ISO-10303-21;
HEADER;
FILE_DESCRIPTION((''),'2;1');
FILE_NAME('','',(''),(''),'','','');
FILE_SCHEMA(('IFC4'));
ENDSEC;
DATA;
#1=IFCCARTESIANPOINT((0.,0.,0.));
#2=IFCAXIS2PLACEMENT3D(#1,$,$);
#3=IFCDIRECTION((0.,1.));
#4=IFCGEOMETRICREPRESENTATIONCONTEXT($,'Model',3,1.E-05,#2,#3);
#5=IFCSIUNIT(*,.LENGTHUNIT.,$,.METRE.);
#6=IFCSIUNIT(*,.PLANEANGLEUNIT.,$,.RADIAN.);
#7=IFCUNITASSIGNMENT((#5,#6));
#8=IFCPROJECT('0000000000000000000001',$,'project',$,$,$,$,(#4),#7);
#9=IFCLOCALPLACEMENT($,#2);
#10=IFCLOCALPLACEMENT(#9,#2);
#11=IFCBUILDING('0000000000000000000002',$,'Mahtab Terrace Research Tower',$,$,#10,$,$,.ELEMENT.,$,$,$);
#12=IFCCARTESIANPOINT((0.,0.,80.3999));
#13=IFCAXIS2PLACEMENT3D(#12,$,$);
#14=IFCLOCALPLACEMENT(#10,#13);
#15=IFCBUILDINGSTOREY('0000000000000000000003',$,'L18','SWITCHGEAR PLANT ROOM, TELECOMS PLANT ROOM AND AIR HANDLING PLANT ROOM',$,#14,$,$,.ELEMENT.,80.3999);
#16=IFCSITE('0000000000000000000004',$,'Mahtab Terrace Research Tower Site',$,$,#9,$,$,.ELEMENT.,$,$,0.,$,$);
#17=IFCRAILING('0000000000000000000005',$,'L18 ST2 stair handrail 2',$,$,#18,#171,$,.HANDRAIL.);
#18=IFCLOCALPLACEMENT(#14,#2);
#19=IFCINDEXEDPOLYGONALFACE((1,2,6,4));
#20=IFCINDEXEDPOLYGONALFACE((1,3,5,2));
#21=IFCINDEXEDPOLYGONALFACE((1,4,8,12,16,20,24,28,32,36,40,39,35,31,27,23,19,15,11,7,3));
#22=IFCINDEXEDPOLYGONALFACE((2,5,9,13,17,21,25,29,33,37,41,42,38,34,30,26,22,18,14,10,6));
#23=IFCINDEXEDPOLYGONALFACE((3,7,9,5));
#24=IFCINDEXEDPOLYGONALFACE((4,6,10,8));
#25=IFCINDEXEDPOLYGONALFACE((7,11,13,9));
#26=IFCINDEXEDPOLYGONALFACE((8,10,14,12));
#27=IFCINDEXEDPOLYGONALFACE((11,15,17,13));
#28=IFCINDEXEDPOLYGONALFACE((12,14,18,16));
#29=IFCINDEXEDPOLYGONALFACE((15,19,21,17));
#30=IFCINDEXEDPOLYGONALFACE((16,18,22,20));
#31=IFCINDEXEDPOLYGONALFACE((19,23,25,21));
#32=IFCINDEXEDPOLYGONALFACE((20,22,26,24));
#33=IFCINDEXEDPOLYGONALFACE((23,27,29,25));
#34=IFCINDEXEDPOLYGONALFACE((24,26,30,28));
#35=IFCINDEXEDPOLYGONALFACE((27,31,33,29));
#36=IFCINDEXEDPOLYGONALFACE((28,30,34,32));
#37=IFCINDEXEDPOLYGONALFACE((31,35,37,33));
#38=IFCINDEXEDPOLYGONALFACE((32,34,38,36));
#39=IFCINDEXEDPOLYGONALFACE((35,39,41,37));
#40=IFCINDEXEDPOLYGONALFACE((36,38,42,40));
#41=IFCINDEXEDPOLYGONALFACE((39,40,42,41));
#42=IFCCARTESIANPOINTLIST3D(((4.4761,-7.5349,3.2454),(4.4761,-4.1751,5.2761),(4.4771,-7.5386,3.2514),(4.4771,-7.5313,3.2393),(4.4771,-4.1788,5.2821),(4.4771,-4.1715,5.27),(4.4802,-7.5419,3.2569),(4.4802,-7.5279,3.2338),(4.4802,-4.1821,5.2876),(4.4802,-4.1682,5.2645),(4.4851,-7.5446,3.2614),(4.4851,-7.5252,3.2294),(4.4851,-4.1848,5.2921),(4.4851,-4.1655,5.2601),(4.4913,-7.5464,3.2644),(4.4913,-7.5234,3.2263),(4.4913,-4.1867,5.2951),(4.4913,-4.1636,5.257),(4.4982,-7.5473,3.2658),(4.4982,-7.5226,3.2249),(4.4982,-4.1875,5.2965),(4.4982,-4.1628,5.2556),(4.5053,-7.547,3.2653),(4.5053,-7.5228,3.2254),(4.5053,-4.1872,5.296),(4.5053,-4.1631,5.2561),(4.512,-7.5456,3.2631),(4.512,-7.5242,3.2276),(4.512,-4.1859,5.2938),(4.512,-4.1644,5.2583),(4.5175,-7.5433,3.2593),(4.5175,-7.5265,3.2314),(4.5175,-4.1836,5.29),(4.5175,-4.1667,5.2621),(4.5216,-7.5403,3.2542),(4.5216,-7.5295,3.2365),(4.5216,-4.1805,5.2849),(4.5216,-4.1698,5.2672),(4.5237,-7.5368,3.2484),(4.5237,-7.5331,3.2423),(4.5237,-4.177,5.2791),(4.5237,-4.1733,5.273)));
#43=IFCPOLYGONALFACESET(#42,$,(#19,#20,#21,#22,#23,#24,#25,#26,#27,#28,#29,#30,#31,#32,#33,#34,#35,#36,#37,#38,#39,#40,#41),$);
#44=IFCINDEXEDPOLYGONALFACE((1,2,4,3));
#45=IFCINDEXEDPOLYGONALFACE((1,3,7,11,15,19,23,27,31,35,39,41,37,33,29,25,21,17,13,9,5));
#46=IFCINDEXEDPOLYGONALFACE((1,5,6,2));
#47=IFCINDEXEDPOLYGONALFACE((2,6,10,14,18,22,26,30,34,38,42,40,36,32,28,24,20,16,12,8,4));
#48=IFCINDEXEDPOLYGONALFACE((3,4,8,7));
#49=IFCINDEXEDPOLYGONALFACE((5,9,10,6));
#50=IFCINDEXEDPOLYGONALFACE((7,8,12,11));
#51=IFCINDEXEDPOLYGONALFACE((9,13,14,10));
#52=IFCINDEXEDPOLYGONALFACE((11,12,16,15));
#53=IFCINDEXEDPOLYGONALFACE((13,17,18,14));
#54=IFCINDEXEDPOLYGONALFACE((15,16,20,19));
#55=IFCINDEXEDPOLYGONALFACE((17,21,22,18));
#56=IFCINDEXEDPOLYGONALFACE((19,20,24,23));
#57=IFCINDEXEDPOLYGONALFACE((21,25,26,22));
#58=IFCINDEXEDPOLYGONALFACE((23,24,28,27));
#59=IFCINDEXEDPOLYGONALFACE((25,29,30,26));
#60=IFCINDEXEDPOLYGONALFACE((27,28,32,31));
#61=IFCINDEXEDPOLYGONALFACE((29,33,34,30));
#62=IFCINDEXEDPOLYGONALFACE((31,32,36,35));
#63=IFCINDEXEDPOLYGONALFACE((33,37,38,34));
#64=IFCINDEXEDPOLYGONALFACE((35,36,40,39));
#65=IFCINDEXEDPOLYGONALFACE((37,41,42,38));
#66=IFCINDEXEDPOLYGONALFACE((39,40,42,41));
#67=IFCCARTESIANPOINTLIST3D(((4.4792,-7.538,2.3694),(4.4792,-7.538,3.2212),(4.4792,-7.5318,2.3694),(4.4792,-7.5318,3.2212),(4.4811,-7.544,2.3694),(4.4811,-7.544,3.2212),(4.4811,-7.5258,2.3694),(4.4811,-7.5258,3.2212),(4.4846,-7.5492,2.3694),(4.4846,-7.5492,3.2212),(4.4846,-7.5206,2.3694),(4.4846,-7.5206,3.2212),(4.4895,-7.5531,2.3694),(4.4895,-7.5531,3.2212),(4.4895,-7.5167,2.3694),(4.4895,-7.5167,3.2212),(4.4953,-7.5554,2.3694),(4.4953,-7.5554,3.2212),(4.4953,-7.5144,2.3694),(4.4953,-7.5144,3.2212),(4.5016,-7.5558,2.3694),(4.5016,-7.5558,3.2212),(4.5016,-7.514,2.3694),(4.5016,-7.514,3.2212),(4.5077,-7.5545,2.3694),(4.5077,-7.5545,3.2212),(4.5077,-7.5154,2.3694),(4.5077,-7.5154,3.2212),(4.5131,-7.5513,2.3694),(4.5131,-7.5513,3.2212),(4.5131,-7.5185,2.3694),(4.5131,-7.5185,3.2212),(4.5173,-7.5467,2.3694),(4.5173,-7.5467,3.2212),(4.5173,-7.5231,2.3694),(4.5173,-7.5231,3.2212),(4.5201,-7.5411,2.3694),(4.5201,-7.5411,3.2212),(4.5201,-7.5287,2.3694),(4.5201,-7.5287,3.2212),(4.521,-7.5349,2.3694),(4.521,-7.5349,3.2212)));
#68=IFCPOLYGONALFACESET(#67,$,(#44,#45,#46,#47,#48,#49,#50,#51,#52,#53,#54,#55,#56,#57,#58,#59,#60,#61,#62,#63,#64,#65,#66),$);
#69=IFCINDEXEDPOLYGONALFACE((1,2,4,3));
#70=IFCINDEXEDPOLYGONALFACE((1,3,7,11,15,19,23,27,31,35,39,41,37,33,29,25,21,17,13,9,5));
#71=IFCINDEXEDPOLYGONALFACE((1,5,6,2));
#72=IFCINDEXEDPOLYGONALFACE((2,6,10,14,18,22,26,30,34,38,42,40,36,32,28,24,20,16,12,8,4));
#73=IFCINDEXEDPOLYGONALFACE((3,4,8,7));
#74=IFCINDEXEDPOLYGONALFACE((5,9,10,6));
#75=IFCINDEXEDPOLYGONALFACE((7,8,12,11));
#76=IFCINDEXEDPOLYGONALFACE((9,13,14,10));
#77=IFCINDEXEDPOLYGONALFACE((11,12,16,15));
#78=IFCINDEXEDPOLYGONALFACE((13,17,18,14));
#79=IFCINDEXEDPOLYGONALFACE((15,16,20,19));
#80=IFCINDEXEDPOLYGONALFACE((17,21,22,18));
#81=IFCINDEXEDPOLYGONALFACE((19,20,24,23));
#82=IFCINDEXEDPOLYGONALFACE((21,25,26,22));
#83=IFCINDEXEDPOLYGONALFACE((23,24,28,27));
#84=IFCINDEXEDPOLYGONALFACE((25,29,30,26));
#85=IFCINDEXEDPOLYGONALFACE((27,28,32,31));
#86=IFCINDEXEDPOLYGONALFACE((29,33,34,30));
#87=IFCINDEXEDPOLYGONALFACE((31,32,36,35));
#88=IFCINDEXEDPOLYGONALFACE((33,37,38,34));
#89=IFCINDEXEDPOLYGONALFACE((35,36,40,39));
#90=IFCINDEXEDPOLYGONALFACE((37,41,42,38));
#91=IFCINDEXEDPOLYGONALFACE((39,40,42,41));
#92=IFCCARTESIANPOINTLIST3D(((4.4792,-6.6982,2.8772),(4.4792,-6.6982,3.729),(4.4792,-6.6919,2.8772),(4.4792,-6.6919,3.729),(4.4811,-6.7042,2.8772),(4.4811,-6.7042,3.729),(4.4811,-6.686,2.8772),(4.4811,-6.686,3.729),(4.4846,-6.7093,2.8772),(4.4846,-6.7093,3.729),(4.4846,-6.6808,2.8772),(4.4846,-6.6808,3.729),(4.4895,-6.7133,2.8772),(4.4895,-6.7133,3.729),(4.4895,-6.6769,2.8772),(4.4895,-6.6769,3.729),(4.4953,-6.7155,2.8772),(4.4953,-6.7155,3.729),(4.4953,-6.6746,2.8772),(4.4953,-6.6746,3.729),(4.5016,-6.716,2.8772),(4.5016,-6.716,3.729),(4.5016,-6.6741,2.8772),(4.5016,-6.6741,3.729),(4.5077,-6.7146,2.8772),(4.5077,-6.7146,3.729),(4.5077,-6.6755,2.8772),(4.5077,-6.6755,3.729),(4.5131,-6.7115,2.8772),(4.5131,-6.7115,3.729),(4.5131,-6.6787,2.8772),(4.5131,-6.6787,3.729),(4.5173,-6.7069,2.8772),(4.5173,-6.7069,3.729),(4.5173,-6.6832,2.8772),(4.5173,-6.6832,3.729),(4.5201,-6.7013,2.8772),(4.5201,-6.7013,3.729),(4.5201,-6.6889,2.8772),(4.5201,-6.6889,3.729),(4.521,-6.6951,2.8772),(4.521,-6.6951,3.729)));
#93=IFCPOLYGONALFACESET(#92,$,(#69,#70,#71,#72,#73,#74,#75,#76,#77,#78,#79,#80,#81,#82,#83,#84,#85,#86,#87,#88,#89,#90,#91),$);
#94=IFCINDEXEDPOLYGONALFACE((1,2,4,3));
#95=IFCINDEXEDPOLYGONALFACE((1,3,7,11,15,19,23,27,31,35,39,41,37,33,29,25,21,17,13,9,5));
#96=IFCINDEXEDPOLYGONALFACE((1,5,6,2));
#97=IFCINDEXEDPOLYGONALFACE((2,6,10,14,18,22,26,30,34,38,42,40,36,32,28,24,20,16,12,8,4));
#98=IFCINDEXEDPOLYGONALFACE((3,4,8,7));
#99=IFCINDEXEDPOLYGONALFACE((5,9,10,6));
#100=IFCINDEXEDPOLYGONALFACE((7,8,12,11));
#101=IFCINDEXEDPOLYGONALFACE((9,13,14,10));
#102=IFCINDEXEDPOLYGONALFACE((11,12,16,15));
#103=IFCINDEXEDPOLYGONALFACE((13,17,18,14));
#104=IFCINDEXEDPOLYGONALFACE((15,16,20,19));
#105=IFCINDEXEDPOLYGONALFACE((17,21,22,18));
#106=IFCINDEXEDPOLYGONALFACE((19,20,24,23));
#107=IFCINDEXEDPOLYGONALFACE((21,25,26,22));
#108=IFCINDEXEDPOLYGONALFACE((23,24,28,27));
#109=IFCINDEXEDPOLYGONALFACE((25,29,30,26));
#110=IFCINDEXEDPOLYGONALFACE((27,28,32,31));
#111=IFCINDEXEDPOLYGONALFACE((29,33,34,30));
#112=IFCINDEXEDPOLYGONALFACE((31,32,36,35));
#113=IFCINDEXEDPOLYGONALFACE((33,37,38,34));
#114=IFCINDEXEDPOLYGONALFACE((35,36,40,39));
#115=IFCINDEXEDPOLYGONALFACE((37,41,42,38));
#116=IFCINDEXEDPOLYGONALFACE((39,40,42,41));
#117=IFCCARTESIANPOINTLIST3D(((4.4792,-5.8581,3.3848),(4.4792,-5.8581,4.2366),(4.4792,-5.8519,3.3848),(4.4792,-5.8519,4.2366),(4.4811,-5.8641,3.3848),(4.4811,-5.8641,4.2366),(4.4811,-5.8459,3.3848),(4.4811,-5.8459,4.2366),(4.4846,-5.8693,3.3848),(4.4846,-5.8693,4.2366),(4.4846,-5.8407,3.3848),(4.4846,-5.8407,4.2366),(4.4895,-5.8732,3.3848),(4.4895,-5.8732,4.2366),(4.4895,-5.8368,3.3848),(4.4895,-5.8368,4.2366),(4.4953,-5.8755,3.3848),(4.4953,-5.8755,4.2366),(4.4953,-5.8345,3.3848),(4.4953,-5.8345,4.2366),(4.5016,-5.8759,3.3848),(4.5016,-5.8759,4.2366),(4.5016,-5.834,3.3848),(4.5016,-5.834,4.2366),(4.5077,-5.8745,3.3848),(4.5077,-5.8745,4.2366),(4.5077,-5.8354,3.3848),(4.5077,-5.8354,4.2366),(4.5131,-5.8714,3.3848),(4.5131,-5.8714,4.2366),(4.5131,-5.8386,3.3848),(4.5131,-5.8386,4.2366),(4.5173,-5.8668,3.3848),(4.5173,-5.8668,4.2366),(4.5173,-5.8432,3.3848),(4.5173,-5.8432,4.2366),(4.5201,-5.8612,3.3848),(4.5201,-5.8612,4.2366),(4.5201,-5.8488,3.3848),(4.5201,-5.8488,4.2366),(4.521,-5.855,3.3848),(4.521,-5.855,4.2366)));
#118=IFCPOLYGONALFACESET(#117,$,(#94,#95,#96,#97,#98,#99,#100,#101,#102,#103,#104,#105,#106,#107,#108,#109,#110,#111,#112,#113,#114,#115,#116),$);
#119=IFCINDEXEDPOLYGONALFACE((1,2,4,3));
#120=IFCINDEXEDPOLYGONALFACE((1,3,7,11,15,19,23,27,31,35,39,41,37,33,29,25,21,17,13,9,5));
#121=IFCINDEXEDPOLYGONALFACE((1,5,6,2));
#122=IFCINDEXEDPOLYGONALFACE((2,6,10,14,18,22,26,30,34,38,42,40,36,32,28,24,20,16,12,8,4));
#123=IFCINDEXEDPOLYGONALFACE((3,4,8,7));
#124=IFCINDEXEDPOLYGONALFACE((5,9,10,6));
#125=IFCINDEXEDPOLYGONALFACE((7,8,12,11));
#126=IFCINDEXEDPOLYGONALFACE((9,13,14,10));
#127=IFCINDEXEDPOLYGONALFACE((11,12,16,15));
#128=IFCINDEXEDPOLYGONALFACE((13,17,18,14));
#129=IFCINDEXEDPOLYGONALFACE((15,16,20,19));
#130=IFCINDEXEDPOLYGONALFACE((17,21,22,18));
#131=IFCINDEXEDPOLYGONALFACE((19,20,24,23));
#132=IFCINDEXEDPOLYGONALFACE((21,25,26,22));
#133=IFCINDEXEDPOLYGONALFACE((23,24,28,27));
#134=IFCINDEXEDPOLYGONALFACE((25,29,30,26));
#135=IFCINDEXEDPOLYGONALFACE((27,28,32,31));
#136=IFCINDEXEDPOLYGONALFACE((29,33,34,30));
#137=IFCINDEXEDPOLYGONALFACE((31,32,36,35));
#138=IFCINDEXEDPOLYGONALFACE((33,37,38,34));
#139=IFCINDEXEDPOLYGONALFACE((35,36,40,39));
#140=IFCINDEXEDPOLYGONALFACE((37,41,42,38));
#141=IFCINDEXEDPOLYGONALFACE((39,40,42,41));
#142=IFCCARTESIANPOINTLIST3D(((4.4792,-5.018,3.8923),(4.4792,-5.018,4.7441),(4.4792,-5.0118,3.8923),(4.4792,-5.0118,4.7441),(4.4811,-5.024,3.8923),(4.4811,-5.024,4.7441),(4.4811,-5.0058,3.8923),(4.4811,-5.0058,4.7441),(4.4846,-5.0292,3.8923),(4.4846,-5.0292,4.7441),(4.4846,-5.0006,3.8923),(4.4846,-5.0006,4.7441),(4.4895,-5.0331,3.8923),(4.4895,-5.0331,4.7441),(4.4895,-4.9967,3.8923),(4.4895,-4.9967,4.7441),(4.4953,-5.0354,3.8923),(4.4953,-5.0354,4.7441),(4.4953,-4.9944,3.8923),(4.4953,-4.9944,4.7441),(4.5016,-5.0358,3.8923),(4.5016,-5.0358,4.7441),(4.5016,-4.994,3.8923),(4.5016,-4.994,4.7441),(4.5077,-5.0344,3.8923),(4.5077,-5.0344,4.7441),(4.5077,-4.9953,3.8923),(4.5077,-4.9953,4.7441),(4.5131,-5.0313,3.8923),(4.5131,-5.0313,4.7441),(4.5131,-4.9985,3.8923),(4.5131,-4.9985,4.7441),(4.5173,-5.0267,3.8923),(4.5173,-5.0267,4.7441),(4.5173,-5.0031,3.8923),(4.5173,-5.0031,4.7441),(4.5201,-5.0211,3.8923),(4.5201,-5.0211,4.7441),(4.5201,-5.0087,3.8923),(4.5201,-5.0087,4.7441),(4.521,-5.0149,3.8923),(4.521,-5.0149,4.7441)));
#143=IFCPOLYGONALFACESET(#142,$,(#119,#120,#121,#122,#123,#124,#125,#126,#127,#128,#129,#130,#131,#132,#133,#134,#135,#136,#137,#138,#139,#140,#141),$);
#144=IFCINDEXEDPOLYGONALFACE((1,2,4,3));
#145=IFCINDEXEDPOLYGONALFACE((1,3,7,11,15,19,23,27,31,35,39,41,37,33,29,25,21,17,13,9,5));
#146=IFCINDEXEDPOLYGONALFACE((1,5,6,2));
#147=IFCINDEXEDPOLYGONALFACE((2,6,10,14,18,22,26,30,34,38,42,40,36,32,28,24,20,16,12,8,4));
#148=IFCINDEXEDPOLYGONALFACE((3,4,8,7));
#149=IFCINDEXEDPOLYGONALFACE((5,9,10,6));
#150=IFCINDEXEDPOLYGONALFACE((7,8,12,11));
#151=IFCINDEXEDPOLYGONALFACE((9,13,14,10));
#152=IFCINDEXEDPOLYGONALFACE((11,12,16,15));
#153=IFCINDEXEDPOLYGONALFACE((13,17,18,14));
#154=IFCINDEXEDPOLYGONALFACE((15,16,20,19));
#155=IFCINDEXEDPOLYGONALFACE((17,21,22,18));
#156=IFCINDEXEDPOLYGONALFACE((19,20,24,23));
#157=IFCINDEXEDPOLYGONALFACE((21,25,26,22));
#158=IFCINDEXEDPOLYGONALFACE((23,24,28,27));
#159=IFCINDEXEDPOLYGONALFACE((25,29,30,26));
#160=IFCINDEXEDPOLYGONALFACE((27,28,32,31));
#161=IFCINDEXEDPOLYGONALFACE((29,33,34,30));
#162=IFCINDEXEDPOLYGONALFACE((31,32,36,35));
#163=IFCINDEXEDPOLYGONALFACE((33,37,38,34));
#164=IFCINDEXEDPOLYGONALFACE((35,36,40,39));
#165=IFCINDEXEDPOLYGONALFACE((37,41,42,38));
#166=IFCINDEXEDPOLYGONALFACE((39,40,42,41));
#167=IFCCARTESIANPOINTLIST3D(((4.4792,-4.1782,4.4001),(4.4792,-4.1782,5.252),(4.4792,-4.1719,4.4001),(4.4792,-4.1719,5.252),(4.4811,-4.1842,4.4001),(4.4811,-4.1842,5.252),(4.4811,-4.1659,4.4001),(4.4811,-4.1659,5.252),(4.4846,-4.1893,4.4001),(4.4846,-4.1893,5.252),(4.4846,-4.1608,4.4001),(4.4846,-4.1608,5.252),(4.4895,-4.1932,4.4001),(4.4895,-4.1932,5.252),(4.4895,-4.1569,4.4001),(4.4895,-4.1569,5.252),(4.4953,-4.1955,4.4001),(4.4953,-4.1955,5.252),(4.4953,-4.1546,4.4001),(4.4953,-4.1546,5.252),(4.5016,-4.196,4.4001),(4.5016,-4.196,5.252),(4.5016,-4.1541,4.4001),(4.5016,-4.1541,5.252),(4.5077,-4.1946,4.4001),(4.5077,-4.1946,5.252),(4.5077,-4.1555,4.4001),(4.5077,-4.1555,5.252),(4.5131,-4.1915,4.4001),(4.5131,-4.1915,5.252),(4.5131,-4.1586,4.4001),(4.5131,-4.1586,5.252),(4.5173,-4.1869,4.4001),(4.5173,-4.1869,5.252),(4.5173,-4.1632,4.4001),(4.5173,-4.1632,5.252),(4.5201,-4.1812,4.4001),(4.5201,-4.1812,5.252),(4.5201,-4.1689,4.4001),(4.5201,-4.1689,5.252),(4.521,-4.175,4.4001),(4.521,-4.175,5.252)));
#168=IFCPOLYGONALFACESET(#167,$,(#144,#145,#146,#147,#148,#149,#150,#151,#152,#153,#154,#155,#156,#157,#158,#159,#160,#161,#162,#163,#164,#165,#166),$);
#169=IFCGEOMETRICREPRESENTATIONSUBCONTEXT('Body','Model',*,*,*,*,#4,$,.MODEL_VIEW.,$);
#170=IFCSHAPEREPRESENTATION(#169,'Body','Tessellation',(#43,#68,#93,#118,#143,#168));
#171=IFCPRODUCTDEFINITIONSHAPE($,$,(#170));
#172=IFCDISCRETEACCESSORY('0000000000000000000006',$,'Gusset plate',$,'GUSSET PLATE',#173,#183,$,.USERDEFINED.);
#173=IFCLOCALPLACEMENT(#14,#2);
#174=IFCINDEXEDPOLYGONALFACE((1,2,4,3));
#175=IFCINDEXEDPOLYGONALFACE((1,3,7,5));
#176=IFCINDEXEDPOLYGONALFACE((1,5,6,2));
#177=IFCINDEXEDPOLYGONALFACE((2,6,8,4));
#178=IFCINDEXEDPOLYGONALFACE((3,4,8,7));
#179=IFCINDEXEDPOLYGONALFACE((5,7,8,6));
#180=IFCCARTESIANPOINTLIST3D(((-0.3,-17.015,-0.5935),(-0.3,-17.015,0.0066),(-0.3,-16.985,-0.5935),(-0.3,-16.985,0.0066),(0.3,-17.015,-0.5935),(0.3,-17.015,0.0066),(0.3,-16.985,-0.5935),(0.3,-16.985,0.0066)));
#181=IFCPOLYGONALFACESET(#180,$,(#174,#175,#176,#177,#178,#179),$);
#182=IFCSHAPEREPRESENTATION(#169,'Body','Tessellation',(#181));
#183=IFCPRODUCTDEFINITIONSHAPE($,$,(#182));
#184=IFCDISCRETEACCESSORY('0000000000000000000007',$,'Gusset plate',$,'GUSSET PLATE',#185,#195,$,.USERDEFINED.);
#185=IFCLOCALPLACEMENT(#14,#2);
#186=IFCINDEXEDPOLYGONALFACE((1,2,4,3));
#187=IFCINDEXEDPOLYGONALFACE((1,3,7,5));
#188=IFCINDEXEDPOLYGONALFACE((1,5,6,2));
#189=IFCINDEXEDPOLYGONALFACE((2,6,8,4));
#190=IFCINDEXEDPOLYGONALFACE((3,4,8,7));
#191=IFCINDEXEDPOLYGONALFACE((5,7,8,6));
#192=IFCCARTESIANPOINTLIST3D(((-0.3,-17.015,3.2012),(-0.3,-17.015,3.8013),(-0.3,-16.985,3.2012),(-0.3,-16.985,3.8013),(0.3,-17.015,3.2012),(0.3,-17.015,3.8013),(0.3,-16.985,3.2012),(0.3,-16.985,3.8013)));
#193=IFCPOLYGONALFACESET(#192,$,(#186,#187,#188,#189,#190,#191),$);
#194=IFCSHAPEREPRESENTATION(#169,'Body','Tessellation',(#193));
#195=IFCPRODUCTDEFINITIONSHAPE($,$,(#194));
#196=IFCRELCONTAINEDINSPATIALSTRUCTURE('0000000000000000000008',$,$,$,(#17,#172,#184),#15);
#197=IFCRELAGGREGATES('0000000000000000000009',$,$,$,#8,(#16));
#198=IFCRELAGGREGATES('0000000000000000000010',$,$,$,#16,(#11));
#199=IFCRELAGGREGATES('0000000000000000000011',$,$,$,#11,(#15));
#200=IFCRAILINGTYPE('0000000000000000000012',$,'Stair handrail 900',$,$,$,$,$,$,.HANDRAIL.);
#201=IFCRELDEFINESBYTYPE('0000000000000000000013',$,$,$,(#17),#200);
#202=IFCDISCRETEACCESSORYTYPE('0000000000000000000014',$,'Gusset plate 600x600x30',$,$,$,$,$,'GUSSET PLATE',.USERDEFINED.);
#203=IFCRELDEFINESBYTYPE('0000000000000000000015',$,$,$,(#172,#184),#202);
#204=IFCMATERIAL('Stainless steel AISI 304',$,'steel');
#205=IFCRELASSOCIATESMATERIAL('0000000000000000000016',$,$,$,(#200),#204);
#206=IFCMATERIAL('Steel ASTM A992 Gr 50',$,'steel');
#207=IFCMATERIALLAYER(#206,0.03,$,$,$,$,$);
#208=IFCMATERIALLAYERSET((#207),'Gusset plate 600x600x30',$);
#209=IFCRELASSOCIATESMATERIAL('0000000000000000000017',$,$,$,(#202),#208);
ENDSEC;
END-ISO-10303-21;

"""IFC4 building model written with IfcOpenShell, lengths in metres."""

from ifc_helpers import new_model, si_unit, direction, frame, origin, origin_2d, place, context, subcontext, project, spatial, rectangle, circle, extrude, material, layer, layer_set, type_object, element, save


model = new_model("IFC4")

# Units and contexts
model_context = context("Model", 3, precision=1e-05, world=origin(), true_north=direction((0.0, 1.0)))
body_context = subcontext(model_context, "Body", "Model", "MODEL_VIEW")
ifc_project = project(units=[si_unit("LENGTHUNIT", "METRE"), si_unit("PLANEANGLEUNIT", "RADIAN")], contexts=[model_context])

# Site, building, storey
site_placement = place(None, origin())
site = spatial("IfcSite", under=ifc_project, at=site_placement, Name="Mahtab Terrace Research Tower Site", CompositionType="ELEMENT", RefElevation=0.0)
building_placement = place(site_placement, origin())
building = spatial("IfcBuilding", under=site, at=building_placement, Name="Mahtab Terrace Research Tower", CompositionType="ELEMENT")
storey_placement = place(building_placement, frame((0.0, 0.0, 80.3999)))
storey = spatial("IfcBuildingStorey", under=building, at=storey_placement, Name="L18", Description="SWITCHGEAR PLANT ROOM, TELECOMS PLANT ROOM AND AIR HANDLING PLANT ROOM", CompositionType="ELEMENT", Elevation=80.3999)

# Shared definitions
ifc_material_1 = material(Name="Steel ASTM A992 Gr 50", Category="steel")

# Railing
ifc_material_2 = material(Name="Stainless steel AISI 304", Category="steel")
railing_type_1 = type_object("IfcRailingType", Name="Stair handrail 900", PredefinedType="HANDRAIL", material=ifc_material_2)
railing_1_placement = place(storey_placement, frame((4.5, -7.5349, 2.3694)))
element("IfcRailing", 1, at=railing_1_placement, inside=storey, type_object=railing_type_1, Name="L18 ST2 stair handrail 2", PredefinedType="HANDRAIL", context=body_context, shape_type="SweptSolid", body=[
    extrude(circle(Radius=0.0239, at=origin_2d()), frame((0.0, 0.0, 0.876), z_axis=(0.0, 0.85582, 0.517273), x_axis=(-1.0, 0.0, 0.0)), (0.0, 0.0, 1.0), 3.9258),
    extrude(circle(Radius=0.021, at=origin_2d()), origin(), (0.0, 0.0, 1.0), 0.8518),
    extrude(circle(Radius=0.021, at=origin_2d()), frame((0.0, 0.8398, 0.5078)), (0.0, 0.0, 1.0), 0.8518),
    extrude(circle(Radius=0.021, at=origin_2d()), frame((0.0, 1.6799, 1.0154)), (0.0, 0.0, 1.0), 0.8518),
    extrude(circle(Radius=0.021, at=origin_2d()), frame((0.0, 2.52, 1.5229)), (0.0, 0.0, 1.0), 0.8518),
    extrude(circle(Radius=0.021, at=origin_2d()), frame((0.0, 3.3599, 2.0308)), (0.0, 0.0, 1.0), 0.8518),
])

# Discrete accessories
ifc_layer_1 = layer(ifc_material_1, 0.03)
ifc_layer_set_1 = layer_set([ifc_layer_1], Name="Gusset plate 600x600x30")
discrete_accessory_type = type_object("IfcDiscreteAccessoryType", Name="Gusset plate 600x600x30", ElementType="GUSSET PLATE", PredefinedType="USERDEFINED", material=ifc_layer_set_1)
for number, where, z_axis, x_axis, name in (
    (2, (0.0, -17.0, -0.5935), (0.0, 0.0, 1.0), (1.0, 0.0, 0.0), "Gusset plate"),
    (3, (0.0, -17.0, 3.2012), (0.0, 0.0, 1.0), (1.0, 0.0, 0.0), "Gusset plate"),
):
    element("IfcDiscreteAccessory", number, at=place(storey_placement, frame(where, z_axis=z_axis, x_axis=x_axis)), inside=storey, type_object=discrete_accessory_type, Name=name, ObjectType="GUSSET PLATE", PredefinedType="USERDEFINED", context=body_context, shape_type="SweptSolid", body=[
        extrude(rectangle(XDim=0.6001, YDim=0.03, at=origin_2d()), origin(), (0.0, 0.0, 1.0), 0.6001),
    ])

save(model, "model.ifc")
